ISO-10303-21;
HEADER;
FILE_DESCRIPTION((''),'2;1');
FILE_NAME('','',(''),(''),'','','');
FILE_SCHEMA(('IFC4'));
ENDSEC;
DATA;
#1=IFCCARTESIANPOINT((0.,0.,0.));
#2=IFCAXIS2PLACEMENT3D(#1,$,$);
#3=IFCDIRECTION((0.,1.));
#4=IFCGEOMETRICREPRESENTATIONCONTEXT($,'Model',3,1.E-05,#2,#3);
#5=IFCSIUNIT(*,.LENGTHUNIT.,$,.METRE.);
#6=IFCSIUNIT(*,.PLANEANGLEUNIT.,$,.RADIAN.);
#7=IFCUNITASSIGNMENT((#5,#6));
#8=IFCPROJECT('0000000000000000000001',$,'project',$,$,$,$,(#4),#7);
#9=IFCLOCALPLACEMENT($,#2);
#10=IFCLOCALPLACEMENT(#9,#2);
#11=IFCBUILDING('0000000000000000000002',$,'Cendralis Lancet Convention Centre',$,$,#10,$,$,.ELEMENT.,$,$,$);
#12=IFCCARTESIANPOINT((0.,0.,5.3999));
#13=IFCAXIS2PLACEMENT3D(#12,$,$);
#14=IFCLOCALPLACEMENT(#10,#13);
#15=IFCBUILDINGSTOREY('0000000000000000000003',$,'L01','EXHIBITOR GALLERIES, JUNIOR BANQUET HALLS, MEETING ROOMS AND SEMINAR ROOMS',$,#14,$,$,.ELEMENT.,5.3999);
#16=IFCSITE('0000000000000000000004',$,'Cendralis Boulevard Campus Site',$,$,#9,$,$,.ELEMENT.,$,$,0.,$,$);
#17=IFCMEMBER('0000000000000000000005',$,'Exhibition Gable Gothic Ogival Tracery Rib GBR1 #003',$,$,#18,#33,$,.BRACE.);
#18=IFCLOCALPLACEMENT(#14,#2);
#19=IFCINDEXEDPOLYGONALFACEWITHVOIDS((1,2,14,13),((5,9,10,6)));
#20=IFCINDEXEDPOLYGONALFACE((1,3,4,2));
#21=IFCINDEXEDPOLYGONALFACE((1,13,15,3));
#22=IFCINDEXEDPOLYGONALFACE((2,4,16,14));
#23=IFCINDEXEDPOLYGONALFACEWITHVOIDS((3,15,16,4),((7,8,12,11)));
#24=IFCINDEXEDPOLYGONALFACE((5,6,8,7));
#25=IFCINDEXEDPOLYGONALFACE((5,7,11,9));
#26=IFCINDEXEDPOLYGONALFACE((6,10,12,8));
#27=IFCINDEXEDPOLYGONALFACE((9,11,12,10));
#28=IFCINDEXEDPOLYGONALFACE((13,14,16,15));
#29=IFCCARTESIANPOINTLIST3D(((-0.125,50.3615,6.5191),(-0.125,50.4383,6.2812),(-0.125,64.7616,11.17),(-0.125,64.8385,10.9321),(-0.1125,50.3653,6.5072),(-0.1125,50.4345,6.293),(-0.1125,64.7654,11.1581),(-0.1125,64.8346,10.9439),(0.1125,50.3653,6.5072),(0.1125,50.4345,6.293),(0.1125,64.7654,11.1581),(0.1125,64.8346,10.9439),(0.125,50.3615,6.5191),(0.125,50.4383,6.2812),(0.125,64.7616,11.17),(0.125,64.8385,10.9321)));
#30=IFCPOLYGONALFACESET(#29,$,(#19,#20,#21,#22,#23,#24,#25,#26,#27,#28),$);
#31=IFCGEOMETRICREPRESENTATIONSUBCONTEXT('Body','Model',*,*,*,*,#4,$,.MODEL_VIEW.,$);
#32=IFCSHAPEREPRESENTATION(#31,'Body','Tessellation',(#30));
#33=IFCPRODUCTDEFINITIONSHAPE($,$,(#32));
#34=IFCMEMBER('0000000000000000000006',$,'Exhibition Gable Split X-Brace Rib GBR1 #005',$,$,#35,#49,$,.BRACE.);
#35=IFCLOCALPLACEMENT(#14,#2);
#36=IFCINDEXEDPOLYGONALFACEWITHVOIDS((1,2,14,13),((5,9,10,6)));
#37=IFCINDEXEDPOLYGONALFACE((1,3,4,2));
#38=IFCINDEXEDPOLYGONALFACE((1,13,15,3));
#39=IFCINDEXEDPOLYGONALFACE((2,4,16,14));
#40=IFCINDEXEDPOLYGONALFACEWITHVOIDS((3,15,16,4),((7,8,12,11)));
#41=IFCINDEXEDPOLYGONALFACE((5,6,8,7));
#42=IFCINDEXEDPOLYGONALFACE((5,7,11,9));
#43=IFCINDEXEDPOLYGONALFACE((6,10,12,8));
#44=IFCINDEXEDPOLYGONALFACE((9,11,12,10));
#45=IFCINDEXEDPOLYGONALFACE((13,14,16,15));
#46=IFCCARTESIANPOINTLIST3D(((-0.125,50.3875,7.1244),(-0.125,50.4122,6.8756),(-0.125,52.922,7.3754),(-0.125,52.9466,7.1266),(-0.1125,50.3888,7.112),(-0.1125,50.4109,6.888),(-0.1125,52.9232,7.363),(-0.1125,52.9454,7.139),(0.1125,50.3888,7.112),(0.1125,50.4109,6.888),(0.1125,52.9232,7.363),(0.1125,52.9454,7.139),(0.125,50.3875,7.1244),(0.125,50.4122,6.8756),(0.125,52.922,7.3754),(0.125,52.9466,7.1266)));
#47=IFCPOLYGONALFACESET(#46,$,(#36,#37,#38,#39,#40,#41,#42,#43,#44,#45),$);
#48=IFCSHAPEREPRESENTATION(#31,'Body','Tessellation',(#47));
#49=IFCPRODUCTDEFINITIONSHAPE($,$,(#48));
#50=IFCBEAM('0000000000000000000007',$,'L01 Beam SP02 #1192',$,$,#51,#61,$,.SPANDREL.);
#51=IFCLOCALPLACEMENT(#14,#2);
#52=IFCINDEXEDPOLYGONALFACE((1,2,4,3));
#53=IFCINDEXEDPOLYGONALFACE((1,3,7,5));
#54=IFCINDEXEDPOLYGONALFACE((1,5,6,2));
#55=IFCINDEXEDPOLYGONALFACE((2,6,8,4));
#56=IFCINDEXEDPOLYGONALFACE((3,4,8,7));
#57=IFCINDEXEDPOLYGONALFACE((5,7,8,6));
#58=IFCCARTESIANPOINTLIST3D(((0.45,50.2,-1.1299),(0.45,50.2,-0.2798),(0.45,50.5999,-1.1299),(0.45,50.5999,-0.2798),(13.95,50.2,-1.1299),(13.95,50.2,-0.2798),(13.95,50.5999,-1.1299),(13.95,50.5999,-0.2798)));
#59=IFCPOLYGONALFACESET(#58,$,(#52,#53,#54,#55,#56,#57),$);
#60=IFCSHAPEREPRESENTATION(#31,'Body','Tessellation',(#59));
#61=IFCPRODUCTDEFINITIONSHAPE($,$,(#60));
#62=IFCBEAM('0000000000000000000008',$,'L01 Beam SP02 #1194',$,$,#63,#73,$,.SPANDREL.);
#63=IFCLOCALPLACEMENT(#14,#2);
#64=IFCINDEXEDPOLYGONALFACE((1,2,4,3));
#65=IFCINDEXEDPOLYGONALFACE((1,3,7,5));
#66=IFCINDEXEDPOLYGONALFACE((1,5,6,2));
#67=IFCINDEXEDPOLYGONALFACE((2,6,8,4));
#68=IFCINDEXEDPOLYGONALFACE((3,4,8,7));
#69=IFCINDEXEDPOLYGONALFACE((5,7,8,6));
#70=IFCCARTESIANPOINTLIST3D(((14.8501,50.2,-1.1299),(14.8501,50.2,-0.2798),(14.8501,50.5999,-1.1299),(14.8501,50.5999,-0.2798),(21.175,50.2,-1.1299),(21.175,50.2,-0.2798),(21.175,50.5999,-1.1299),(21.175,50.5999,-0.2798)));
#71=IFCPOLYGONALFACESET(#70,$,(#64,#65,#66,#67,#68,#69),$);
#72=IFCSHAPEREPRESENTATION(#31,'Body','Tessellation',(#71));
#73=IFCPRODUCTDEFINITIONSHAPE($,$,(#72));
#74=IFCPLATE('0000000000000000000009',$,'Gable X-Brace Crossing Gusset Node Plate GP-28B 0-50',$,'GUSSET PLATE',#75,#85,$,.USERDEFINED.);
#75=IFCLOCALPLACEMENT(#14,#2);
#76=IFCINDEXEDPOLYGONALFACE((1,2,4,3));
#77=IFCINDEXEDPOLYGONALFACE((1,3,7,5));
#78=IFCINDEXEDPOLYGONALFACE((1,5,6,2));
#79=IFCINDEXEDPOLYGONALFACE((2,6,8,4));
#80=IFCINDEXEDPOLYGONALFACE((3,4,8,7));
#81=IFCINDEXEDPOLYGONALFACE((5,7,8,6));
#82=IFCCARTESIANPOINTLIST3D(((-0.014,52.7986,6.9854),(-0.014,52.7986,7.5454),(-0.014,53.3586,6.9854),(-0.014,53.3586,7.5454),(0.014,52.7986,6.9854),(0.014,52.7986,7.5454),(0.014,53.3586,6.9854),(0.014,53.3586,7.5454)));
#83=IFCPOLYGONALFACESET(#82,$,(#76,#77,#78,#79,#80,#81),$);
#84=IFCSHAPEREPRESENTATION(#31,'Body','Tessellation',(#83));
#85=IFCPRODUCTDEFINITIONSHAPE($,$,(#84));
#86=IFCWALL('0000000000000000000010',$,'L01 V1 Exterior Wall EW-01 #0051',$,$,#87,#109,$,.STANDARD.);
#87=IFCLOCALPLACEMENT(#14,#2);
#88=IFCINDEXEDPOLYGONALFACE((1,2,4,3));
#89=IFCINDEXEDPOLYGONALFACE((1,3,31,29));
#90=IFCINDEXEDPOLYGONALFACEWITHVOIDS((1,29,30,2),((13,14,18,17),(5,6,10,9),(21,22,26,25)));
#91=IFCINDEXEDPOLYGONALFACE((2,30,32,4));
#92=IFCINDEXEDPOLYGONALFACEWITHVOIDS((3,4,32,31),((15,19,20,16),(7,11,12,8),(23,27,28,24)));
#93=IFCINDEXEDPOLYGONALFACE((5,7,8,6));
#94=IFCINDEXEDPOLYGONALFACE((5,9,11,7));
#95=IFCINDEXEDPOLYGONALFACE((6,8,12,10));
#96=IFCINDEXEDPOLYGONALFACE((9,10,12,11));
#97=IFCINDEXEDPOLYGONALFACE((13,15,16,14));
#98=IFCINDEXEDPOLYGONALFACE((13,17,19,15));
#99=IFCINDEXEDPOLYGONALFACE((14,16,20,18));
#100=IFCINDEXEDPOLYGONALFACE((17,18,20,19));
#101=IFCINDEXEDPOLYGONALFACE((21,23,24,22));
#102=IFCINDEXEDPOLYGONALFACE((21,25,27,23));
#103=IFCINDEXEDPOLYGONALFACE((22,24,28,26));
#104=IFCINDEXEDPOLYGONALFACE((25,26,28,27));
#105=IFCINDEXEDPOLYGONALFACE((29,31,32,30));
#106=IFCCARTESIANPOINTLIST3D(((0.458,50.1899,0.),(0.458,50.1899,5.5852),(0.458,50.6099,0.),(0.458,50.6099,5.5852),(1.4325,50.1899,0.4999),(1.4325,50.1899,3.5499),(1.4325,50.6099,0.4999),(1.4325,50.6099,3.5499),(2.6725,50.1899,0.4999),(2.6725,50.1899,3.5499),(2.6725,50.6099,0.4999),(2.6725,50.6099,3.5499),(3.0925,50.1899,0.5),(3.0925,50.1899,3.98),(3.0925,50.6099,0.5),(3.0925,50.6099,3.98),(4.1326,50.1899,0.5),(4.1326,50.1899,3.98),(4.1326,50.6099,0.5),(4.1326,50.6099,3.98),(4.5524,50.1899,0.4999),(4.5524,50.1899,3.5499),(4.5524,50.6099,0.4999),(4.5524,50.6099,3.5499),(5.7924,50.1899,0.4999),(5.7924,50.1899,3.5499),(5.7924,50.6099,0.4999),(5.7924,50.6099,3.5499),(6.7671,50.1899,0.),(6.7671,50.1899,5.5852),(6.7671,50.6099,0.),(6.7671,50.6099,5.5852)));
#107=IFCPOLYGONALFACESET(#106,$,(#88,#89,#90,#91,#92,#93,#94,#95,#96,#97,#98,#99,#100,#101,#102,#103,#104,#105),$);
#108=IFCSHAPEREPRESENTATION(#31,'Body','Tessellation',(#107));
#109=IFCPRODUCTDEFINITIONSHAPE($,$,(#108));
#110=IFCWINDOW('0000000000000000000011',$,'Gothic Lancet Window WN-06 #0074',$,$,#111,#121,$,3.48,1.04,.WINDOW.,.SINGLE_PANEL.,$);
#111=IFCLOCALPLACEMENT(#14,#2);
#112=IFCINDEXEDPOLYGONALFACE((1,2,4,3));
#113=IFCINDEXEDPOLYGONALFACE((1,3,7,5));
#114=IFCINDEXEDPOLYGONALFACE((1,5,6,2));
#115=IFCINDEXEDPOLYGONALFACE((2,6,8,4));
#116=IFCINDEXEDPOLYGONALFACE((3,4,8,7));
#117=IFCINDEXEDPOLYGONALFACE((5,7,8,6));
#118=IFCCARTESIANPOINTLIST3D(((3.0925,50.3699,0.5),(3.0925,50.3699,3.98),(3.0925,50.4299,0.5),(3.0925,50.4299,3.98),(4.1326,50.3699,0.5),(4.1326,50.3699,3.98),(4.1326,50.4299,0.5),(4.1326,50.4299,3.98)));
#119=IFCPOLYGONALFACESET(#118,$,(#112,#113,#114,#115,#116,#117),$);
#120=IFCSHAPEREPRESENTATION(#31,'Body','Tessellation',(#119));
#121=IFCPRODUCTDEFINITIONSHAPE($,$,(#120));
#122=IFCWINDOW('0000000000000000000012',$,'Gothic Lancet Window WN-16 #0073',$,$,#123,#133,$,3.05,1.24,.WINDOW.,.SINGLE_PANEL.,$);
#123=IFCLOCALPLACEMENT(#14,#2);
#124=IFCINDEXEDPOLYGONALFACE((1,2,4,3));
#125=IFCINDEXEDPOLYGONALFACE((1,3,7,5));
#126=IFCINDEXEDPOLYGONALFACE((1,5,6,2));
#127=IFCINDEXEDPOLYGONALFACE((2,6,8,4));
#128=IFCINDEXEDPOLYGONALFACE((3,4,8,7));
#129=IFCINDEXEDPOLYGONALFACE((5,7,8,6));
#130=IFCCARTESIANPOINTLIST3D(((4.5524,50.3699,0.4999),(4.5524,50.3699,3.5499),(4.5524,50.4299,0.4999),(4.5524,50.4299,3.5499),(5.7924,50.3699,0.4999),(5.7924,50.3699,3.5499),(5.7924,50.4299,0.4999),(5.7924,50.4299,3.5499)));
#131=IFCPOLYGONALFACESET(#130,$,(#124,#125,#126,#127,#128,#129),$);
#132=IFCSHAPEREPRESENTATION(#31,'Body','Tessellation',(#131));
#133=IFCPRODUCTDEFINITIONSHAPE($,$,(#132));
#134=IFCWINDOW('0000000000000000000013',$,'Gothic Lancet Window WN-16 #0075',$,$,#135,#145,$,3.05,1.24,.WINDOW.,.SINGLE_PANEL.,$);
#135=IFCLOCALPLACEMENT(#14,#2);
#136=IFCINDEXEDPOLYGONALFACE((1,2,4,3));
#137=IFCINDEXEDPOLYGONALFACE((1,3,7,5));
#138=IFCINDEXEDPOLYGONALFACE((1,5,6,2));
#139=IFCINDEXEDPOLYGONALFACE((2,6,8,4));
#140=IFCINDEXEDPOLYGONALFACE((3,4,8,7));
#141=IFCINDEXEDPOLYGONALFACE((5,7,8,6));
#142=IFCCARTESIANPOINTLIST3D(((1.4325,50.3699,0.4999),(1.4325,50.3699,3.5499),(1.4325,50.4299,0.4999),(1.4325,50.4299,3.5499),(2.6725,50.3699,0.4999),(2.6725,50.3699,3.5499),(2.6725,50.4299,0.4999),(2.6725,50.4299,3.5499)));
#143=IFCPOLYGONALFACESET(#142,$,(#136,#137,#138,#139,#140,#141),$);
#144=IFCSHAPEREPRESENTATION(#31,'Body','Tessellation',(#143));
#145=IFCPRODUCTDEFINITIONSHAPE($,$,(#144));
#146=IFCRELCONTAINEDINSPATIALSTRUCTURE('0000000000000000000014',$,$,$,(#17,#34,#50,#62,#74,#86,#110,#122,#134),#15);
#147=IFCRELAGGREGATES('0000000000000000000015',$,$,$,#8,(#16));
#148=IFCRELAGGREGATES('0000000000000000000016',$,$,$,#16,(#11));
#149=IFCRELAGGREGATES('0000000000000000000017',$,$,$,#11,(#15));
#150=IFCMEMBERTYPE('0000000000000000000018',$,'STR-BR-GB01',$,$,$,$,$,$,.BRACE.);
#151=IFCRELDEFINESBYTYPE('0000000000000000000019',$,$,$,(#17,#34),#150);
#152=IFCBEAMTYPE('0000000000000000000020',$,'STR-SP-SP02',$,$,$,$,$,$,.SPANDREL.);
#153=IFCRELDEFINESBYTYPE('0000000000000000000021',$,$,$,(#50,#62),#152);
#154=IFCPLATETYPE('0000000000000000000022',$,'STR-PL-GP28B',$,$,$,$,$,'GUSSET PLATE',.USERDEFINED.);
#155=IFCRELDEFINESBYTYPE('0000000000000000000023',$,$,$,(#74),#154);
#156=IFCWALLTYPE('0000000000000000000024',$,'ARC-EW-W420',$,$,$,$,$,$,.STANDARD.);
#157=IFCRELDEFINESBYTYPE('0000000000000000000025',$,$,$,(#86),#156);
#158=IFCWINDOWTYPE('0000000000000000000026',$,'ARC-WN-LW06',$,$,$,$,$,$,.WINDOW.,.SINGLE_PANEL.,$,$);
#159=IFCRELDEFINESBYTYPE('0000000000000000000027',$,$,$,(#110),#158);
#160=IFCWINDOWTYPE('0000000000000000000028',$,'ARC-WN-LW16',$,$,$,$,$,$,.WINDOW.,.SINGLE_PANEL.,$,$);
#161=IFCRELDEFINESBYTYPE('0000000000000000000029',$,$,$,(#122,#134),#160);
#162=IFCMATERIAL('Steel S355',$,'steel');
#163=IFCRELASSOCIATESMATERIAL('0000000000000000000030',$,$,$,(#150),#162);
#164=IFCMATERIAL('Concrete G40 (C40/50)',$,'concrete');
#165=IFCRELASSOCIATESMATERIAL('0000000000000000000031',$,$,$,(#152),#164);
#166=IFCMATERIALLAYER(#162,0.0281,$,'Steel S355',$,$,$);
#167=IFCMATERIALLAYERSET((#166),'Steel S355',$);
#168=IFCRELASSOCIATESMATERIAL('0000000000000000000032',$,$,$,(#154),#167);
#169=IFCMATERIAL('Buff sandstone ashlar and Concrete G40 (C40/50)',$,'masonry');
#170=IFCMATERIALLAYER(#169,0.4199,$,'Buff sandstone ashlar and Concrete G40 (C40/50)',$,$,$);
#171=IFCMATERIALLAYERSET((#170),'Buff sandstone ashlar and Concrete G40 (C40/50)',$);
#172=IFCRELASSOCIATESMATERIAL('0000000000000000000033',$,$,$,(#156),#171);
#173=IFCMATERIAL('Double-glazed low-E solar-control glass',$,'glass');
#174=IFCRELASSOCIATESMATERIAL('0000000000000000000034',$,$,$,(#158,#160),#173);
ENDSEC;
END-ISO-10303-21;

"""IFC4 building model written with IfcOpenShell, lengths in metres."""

from ifc_helpers import new_model, si_unit, direction, frame, frame_2d, origin, origin_2d, place, context, subcontext, project, spatial, rectangle, hollow_rectangle, extrude, material, layer, layer_set, material_profile, profile_set, type_object, element, fill, save


model = new_model("IFC4")

# Units and contexts
model_context = context("Model", 3, precision=1e-05, world=origin(), true_north=direction((0.0, 1.0)))
body_context = subcontext(model_context, "Body", "Model", "MODEL_VIEW")
ifc_project = project(units=[si_unit("LENGTHUNIT", "METRE"), si_unit("PLANEANGLEUNIT", "RADIAN")], contexts=[model_context])

# Site, building, storey
site_placement = place(None, origin())
site = spatial("IfcSite", under=ifc_project, at=site_placement, Name="Cendralis Boulevard Campus Site", CompositionType="ELEMENT", RefElevation=0.0)
building_placement = place(site_placement, origin())
building = spatial("IfcBuilding", under=site, at=building_placement, Name="Cendralis Lancet Convention Centre", CompositionType="ELEMENT")
storey_placement = place(building_placement, frame((0.0, 0.0, 5.3999)))
storey = spatial("IfcBuildingStorey", under=building, at=storey_placement, Name="L01", Description="EXHIBITOR GALLERIES, JUNIOR BANQUET HALLS, MEETING ROOMS AND SEMINAR ROOMS", CompositionType="ELEMENT", Elevation=5.3999)

# Shared definitions
ifc_material_1 = material(Name="Concrete G40 (C40/50)", Category="concrete")

# Members
ifc_material_2 = material(Name="Steel S355", Category="steel")
ifc_material_profile_1 = material_profile(ifc_material_2, hollow_rectangle(XDim=0.25, YDim=0.25, WallThickness=0.0125, at=origin_2d()), Name="SHS 250x250x12.5")
ifc_profile_set_1 = profile_set([ifc_material_profile_1], Name="Steel S355")
member_type_1 = type_object("IfcMemberType", Name="STR-BR-GB01", PredefinedType="BRACE", material=ifc_profile_set_1)
member_1_placement = place(storey_placement, frame((0.0, 50.3999, 6.4001), z_axis=(0.0, 0.951599, 0.307342), x_axis=(-1.0, 0.0, 0.0)))
element("IfcMember", 1, at=member_1_placement, inside=storey, type_object=member_type_1, Name="Exhibition Gable Gothic Ogival Tracery Rib GBR1 #003", PredefinedType="BRACE", context=body_context, shape_type="SweptSolid", body=[
    extrude(hollow_rectangle(XDim=0.25, YDim=0.25, WallThickness=0.0125, at=origin_2d()), origin(), (0.0, 0.0, 1.0), 15.1326),
])
member_2_placement = place(storey_placement, frame((0.0, 52.9343, 7.251), z_axis=(0.0, -0.995133, -0.098545), x_axis=(1.0, 0.0, 0.0)))
element("IfcMember", 2, at=member_2_placement, inside=storey, type_object=member_type_1, Name="Exhibition Gable Split X-Brace Rib GBR1 #005", PredefinedType="BRACE", context=body_context, shape_type="SweptSolid", body=[
    extrude(hollow_rectangle(XDim=0.25, YDim=0.25, WallThickness=0.0125, at=origin_2d()), origin(), (0.0, 0.0, 1.0), 2.5469),
])

# Beams
ifc_material_profile_2 = material_profile(ifc_material_1, rectangle(XDim=0.3999, YDim=0.8501, at=origin_2d()), Name="RCB 400x850")
ifc_profile_set_2 = profile_set([ifc_material_profile_2], Name="Concrete G40 (C40/50)")
beam_type_1 = type_object("IfcBeamType", Name="STR-SP-SP02", PredefinedType="SPANDREL", material=ifc_profile_set_2)
beam_1_placement = place(storey_placement, frame((0.45, 50.3999, -0.7048), z_axis=(1.0, 0.0, 0.0), x_axis=(0.0, 1.0, 0.0)))
element("IfcBeam", 3, at=beam_1_placement, inside=storey, type_object=beam_type_1, Name="L01 Beam SP02 #1192", PredefinedType="SPANDREL", context=body_context, shape_type="SweptSolid", body=[
    extrude(rectangle(XDim=0.3999, YDim=0.8501, at=origin_2d()), origin(), (0.0, 0.0, 1.0), 13.5),
])
beam_2_placement = place(storey_placement, frame((14.8501, 50.3999, -0.7048), z_axis=(1.0, 0.0, 0.0), x_axis=(0.0, 1.0, 0.0)))
element("IfcBeam", 4, at=beam_2_placement, inside=storey, type_object=beam_type_1, Name="L01 Beam SP02 #1194", PredefinedType="SPANDREL", context=body_context, shape_type="SweptSolid", body=[
    extrude(rectangle(XDim=0.3999, YDim=0.8501, at=origin_2d()), origin(), (0.0, 0.0, 1.0), 6.325),
])

# Plate
ifc_layer_1 = layer(ifc_material_2, 0.0281, Name="Steel S355")
ifc_layer_set_1 = layer_set([ifc_layer_1], Name="Steel S355")
plate_type = type_object("IfcPlateType", Name="STR-PL-GP28B", ElementType="GUSSET PLATE", PredefinedType="USERDEFINED", material=ifc_layer_set_1)
plate_placement = place(storey_placement, frame((0.0, 53.0786, 6.9854), z_axis=(0.0, 0.0, 1.0), x_axis=(0.0, 1.0, 0.0)))
element("IfcPlate", 5, at=plate_placement, inside=storey, type_object=plate_type, Name="Gable X-Brace Crossing Gusset Node Plate GP-28B 0-50", ObjectType="GUSSET PLATE", PredefinedType="USERDEFINED", context=body_context, shape_type="SweptSolid", body=[
    extrude(rectangle(XDim=0.5601, YDim=0.0281, at=origin_2d()), origin(), (0.0, 0.0, 1.0), 0.5601),
])

# Wall, openings, windows
ifc_material_3 = material(Name="Buff sandstone ashlar and Concrete G40 (C40/50)", Category="masonry")
ifc_layer_2 = layer(ifc_material_3, 0.4199, Name="Buff sandstone ashlar and Concrete G40 (C40/50)")
ifc_layer_set_2 = layer_set([ifc_layer_2], Name="Buff sandstone ashlar and Concrete G40 (C40/50)")
wall_type_1 = type_object("IfcWallType", Name="ARC-EW-W420", PredefinedType="STANDARD", material=ifc_layer_set_2)
wall_1_placement = place(storey_placement, frame((6.7671, 50.3999, 0.0), z_axis=(0.0, 0.0, 1.0), x_axis=(-1.0, 0.0, 0.0)))
wall_1 = element("IfcWall", 6, at=wall_1_placement, inside=storey, type_object=wall_type_1, Name="L01 V1 Exterior Wall EW-01 #0051", PredefinedType="STANDARD", context=body_context, shape_type="SweptSolid", body=[
    extrude(rectangle(XDim=6.3091, YDim=0.4199, at=frame_2d((3.1545, 0.0))), origin(), (0.0, 0.0, 1.0), 5.5852),
])
opening_1_placement = place(wall_1_placement, frame((0.9746, 0.0, 0.5)))
opening_1 = element("IfcOpeningElement", 7, at=opening_1_placement, cuts=wall_1, PredefinedType="OPENING", context=body_context, shape_type="SweptSolid", body=[
    extrude(rectangle(XDim=1.24, YDim=3.05, at=frame_2d((0.6201, 1.5249))), frame((0.0, 0.22, 0.0), z_axis=(0.0, -1.0, 0.0), x_axis=(1.0, 0.0, 0.0)), (0.0, 0.0, 1.0), 0.4399),
])
opening_2_placement = place(wall_1_placement, frame((2.6345, 0.0, 0.5)))
opening_2 = element("IfcOpeningElement", 8, at=opening_2_placement, cuts=wall_1, PredefinedType="OPENING", context=body_context, shape_type="SweptSolid", body=[
    extrude(rectangle(XDim=1.04, YDim=3.48, at=frame_2d((0.52, 1.74))), frame((0.0, 0.22, 0.0), z_axis=(0.0, -1.0, 0.0), x_axis=(1.0, 0.0, 0.0)), (0.0, 0.0, 1.0), 0.4399),
])
opening_3_placement = place(wall_1_placement, frame((4.0945, 0.0, 0.5)))
opening_3 = element("IfcOpeningElement", 9, at=opening_3_placement, cuts=wall_1, PredefinedType="OPENING", context=body_context, shape_type="SweptSolid", body=[
    extrude(rectangle(XDim=1.24, YDim=3.05, at=frame_2d((0.6201, 1.5249))), frame((0.0, 0.22, 0.0), z_axis=(0.0, -1.0, 0.0), x_axis=(1.0, 0.0, 0.0)), (0.0, 0.0, 1.0), 0.4399),
])
ifc_material_4 = material(Name="Double-glazed low-E solar-control glass", Category="glass")
window_type_1 = type_object("IfcWindowType", Name="ARC-WN-LW06", PartitioningType="SINGLE_PANEL", PredefinedType="WINDOW", material=ifc_material_4)
window_1_placement = place(opening_2_placement, origin())
window_1 = element("IfcWindow", 10, at=window_1_placement, inside=storey, type_object=window_type_1, Name="Gothic Lancet Window WN-06 #0074", OverallHeight=3.48, OverallWidth=1.04, PartitioningType="SINGLE_PANEL", PredefinedType="WINDOW", context=body_context, shape_type="SweptSolid", body=[
    extrude(rectangle(XDim=1.04, YDim=3.48, at=frame_2d((0.52, 1.74))), frame((0.0, 0.03, 0.0), z_axis=(0.0, -1.0, 0.0), x_axis=(1.0, 0.0, 0.0)), (0.0, 0.0, 1.0), 0.0601),
])
fill(opening_2, window_1)
window_type_2 = type_object("IfcWindowType", Name="ARC-WN-LW16", PartitioningType="SINGLE_PANEL", PredefinedType="WINDOW", material=ifc_material_4)
window_2_placement = place(opening_1_placement, origin())
window_2 = element("IfcWindow", 11, at=window_2_placement, inside=storey, type_object=window_type_2, Name="Gothic Lancet Window WN-16 #0073", OverallHeight=3.05, OverallWidth=1.24, PartitioningType="SINGLE_PANEL", PredefinedType="WINDOW", context=body_context, shape_type="SweptSolid", body=[
    extrude(rectangle(XDim=1.24, YDim=3.05, at=frame_2d((0.6201, 1.5249))), frame((0.0, 0.03, 0.0), z_axis=(0.0, -1.0, 0.0), x_axis=(1.0, 0.0, 0.0)), (0.0, 0.0, 1.0), 0.0601),
])
fill(opening_1, window_2)
window_3_placement = place(opening_3_placement, origin())
window_3 = element("IfcWindow", 12, at=window_3_placement, inside=storey, type_object=window_type_2, Name="Gothic Lancet Window WN-16 #0075", OverallHeight=3.05, OverallWidth=1.24, PartitioningType="SINGLE_PANEL", PredefinedType="WINDOW", context=body_context, shape_type="SweptSolid", body=[
    extrude(rectangle(XDim=1.24, YDim=3.05, at=frame_2d((0.6201, 1.5249))), frame((0.0, 0.03, 0.0), z_axis=(0.0, -1.0, 0.0), x_axis=(1.0, 0.0, 0.0)), (0.0, 0.0, 1.0), 0.0601),
])
fill(opening_3, window_3)

save(model, "model.ifc")
